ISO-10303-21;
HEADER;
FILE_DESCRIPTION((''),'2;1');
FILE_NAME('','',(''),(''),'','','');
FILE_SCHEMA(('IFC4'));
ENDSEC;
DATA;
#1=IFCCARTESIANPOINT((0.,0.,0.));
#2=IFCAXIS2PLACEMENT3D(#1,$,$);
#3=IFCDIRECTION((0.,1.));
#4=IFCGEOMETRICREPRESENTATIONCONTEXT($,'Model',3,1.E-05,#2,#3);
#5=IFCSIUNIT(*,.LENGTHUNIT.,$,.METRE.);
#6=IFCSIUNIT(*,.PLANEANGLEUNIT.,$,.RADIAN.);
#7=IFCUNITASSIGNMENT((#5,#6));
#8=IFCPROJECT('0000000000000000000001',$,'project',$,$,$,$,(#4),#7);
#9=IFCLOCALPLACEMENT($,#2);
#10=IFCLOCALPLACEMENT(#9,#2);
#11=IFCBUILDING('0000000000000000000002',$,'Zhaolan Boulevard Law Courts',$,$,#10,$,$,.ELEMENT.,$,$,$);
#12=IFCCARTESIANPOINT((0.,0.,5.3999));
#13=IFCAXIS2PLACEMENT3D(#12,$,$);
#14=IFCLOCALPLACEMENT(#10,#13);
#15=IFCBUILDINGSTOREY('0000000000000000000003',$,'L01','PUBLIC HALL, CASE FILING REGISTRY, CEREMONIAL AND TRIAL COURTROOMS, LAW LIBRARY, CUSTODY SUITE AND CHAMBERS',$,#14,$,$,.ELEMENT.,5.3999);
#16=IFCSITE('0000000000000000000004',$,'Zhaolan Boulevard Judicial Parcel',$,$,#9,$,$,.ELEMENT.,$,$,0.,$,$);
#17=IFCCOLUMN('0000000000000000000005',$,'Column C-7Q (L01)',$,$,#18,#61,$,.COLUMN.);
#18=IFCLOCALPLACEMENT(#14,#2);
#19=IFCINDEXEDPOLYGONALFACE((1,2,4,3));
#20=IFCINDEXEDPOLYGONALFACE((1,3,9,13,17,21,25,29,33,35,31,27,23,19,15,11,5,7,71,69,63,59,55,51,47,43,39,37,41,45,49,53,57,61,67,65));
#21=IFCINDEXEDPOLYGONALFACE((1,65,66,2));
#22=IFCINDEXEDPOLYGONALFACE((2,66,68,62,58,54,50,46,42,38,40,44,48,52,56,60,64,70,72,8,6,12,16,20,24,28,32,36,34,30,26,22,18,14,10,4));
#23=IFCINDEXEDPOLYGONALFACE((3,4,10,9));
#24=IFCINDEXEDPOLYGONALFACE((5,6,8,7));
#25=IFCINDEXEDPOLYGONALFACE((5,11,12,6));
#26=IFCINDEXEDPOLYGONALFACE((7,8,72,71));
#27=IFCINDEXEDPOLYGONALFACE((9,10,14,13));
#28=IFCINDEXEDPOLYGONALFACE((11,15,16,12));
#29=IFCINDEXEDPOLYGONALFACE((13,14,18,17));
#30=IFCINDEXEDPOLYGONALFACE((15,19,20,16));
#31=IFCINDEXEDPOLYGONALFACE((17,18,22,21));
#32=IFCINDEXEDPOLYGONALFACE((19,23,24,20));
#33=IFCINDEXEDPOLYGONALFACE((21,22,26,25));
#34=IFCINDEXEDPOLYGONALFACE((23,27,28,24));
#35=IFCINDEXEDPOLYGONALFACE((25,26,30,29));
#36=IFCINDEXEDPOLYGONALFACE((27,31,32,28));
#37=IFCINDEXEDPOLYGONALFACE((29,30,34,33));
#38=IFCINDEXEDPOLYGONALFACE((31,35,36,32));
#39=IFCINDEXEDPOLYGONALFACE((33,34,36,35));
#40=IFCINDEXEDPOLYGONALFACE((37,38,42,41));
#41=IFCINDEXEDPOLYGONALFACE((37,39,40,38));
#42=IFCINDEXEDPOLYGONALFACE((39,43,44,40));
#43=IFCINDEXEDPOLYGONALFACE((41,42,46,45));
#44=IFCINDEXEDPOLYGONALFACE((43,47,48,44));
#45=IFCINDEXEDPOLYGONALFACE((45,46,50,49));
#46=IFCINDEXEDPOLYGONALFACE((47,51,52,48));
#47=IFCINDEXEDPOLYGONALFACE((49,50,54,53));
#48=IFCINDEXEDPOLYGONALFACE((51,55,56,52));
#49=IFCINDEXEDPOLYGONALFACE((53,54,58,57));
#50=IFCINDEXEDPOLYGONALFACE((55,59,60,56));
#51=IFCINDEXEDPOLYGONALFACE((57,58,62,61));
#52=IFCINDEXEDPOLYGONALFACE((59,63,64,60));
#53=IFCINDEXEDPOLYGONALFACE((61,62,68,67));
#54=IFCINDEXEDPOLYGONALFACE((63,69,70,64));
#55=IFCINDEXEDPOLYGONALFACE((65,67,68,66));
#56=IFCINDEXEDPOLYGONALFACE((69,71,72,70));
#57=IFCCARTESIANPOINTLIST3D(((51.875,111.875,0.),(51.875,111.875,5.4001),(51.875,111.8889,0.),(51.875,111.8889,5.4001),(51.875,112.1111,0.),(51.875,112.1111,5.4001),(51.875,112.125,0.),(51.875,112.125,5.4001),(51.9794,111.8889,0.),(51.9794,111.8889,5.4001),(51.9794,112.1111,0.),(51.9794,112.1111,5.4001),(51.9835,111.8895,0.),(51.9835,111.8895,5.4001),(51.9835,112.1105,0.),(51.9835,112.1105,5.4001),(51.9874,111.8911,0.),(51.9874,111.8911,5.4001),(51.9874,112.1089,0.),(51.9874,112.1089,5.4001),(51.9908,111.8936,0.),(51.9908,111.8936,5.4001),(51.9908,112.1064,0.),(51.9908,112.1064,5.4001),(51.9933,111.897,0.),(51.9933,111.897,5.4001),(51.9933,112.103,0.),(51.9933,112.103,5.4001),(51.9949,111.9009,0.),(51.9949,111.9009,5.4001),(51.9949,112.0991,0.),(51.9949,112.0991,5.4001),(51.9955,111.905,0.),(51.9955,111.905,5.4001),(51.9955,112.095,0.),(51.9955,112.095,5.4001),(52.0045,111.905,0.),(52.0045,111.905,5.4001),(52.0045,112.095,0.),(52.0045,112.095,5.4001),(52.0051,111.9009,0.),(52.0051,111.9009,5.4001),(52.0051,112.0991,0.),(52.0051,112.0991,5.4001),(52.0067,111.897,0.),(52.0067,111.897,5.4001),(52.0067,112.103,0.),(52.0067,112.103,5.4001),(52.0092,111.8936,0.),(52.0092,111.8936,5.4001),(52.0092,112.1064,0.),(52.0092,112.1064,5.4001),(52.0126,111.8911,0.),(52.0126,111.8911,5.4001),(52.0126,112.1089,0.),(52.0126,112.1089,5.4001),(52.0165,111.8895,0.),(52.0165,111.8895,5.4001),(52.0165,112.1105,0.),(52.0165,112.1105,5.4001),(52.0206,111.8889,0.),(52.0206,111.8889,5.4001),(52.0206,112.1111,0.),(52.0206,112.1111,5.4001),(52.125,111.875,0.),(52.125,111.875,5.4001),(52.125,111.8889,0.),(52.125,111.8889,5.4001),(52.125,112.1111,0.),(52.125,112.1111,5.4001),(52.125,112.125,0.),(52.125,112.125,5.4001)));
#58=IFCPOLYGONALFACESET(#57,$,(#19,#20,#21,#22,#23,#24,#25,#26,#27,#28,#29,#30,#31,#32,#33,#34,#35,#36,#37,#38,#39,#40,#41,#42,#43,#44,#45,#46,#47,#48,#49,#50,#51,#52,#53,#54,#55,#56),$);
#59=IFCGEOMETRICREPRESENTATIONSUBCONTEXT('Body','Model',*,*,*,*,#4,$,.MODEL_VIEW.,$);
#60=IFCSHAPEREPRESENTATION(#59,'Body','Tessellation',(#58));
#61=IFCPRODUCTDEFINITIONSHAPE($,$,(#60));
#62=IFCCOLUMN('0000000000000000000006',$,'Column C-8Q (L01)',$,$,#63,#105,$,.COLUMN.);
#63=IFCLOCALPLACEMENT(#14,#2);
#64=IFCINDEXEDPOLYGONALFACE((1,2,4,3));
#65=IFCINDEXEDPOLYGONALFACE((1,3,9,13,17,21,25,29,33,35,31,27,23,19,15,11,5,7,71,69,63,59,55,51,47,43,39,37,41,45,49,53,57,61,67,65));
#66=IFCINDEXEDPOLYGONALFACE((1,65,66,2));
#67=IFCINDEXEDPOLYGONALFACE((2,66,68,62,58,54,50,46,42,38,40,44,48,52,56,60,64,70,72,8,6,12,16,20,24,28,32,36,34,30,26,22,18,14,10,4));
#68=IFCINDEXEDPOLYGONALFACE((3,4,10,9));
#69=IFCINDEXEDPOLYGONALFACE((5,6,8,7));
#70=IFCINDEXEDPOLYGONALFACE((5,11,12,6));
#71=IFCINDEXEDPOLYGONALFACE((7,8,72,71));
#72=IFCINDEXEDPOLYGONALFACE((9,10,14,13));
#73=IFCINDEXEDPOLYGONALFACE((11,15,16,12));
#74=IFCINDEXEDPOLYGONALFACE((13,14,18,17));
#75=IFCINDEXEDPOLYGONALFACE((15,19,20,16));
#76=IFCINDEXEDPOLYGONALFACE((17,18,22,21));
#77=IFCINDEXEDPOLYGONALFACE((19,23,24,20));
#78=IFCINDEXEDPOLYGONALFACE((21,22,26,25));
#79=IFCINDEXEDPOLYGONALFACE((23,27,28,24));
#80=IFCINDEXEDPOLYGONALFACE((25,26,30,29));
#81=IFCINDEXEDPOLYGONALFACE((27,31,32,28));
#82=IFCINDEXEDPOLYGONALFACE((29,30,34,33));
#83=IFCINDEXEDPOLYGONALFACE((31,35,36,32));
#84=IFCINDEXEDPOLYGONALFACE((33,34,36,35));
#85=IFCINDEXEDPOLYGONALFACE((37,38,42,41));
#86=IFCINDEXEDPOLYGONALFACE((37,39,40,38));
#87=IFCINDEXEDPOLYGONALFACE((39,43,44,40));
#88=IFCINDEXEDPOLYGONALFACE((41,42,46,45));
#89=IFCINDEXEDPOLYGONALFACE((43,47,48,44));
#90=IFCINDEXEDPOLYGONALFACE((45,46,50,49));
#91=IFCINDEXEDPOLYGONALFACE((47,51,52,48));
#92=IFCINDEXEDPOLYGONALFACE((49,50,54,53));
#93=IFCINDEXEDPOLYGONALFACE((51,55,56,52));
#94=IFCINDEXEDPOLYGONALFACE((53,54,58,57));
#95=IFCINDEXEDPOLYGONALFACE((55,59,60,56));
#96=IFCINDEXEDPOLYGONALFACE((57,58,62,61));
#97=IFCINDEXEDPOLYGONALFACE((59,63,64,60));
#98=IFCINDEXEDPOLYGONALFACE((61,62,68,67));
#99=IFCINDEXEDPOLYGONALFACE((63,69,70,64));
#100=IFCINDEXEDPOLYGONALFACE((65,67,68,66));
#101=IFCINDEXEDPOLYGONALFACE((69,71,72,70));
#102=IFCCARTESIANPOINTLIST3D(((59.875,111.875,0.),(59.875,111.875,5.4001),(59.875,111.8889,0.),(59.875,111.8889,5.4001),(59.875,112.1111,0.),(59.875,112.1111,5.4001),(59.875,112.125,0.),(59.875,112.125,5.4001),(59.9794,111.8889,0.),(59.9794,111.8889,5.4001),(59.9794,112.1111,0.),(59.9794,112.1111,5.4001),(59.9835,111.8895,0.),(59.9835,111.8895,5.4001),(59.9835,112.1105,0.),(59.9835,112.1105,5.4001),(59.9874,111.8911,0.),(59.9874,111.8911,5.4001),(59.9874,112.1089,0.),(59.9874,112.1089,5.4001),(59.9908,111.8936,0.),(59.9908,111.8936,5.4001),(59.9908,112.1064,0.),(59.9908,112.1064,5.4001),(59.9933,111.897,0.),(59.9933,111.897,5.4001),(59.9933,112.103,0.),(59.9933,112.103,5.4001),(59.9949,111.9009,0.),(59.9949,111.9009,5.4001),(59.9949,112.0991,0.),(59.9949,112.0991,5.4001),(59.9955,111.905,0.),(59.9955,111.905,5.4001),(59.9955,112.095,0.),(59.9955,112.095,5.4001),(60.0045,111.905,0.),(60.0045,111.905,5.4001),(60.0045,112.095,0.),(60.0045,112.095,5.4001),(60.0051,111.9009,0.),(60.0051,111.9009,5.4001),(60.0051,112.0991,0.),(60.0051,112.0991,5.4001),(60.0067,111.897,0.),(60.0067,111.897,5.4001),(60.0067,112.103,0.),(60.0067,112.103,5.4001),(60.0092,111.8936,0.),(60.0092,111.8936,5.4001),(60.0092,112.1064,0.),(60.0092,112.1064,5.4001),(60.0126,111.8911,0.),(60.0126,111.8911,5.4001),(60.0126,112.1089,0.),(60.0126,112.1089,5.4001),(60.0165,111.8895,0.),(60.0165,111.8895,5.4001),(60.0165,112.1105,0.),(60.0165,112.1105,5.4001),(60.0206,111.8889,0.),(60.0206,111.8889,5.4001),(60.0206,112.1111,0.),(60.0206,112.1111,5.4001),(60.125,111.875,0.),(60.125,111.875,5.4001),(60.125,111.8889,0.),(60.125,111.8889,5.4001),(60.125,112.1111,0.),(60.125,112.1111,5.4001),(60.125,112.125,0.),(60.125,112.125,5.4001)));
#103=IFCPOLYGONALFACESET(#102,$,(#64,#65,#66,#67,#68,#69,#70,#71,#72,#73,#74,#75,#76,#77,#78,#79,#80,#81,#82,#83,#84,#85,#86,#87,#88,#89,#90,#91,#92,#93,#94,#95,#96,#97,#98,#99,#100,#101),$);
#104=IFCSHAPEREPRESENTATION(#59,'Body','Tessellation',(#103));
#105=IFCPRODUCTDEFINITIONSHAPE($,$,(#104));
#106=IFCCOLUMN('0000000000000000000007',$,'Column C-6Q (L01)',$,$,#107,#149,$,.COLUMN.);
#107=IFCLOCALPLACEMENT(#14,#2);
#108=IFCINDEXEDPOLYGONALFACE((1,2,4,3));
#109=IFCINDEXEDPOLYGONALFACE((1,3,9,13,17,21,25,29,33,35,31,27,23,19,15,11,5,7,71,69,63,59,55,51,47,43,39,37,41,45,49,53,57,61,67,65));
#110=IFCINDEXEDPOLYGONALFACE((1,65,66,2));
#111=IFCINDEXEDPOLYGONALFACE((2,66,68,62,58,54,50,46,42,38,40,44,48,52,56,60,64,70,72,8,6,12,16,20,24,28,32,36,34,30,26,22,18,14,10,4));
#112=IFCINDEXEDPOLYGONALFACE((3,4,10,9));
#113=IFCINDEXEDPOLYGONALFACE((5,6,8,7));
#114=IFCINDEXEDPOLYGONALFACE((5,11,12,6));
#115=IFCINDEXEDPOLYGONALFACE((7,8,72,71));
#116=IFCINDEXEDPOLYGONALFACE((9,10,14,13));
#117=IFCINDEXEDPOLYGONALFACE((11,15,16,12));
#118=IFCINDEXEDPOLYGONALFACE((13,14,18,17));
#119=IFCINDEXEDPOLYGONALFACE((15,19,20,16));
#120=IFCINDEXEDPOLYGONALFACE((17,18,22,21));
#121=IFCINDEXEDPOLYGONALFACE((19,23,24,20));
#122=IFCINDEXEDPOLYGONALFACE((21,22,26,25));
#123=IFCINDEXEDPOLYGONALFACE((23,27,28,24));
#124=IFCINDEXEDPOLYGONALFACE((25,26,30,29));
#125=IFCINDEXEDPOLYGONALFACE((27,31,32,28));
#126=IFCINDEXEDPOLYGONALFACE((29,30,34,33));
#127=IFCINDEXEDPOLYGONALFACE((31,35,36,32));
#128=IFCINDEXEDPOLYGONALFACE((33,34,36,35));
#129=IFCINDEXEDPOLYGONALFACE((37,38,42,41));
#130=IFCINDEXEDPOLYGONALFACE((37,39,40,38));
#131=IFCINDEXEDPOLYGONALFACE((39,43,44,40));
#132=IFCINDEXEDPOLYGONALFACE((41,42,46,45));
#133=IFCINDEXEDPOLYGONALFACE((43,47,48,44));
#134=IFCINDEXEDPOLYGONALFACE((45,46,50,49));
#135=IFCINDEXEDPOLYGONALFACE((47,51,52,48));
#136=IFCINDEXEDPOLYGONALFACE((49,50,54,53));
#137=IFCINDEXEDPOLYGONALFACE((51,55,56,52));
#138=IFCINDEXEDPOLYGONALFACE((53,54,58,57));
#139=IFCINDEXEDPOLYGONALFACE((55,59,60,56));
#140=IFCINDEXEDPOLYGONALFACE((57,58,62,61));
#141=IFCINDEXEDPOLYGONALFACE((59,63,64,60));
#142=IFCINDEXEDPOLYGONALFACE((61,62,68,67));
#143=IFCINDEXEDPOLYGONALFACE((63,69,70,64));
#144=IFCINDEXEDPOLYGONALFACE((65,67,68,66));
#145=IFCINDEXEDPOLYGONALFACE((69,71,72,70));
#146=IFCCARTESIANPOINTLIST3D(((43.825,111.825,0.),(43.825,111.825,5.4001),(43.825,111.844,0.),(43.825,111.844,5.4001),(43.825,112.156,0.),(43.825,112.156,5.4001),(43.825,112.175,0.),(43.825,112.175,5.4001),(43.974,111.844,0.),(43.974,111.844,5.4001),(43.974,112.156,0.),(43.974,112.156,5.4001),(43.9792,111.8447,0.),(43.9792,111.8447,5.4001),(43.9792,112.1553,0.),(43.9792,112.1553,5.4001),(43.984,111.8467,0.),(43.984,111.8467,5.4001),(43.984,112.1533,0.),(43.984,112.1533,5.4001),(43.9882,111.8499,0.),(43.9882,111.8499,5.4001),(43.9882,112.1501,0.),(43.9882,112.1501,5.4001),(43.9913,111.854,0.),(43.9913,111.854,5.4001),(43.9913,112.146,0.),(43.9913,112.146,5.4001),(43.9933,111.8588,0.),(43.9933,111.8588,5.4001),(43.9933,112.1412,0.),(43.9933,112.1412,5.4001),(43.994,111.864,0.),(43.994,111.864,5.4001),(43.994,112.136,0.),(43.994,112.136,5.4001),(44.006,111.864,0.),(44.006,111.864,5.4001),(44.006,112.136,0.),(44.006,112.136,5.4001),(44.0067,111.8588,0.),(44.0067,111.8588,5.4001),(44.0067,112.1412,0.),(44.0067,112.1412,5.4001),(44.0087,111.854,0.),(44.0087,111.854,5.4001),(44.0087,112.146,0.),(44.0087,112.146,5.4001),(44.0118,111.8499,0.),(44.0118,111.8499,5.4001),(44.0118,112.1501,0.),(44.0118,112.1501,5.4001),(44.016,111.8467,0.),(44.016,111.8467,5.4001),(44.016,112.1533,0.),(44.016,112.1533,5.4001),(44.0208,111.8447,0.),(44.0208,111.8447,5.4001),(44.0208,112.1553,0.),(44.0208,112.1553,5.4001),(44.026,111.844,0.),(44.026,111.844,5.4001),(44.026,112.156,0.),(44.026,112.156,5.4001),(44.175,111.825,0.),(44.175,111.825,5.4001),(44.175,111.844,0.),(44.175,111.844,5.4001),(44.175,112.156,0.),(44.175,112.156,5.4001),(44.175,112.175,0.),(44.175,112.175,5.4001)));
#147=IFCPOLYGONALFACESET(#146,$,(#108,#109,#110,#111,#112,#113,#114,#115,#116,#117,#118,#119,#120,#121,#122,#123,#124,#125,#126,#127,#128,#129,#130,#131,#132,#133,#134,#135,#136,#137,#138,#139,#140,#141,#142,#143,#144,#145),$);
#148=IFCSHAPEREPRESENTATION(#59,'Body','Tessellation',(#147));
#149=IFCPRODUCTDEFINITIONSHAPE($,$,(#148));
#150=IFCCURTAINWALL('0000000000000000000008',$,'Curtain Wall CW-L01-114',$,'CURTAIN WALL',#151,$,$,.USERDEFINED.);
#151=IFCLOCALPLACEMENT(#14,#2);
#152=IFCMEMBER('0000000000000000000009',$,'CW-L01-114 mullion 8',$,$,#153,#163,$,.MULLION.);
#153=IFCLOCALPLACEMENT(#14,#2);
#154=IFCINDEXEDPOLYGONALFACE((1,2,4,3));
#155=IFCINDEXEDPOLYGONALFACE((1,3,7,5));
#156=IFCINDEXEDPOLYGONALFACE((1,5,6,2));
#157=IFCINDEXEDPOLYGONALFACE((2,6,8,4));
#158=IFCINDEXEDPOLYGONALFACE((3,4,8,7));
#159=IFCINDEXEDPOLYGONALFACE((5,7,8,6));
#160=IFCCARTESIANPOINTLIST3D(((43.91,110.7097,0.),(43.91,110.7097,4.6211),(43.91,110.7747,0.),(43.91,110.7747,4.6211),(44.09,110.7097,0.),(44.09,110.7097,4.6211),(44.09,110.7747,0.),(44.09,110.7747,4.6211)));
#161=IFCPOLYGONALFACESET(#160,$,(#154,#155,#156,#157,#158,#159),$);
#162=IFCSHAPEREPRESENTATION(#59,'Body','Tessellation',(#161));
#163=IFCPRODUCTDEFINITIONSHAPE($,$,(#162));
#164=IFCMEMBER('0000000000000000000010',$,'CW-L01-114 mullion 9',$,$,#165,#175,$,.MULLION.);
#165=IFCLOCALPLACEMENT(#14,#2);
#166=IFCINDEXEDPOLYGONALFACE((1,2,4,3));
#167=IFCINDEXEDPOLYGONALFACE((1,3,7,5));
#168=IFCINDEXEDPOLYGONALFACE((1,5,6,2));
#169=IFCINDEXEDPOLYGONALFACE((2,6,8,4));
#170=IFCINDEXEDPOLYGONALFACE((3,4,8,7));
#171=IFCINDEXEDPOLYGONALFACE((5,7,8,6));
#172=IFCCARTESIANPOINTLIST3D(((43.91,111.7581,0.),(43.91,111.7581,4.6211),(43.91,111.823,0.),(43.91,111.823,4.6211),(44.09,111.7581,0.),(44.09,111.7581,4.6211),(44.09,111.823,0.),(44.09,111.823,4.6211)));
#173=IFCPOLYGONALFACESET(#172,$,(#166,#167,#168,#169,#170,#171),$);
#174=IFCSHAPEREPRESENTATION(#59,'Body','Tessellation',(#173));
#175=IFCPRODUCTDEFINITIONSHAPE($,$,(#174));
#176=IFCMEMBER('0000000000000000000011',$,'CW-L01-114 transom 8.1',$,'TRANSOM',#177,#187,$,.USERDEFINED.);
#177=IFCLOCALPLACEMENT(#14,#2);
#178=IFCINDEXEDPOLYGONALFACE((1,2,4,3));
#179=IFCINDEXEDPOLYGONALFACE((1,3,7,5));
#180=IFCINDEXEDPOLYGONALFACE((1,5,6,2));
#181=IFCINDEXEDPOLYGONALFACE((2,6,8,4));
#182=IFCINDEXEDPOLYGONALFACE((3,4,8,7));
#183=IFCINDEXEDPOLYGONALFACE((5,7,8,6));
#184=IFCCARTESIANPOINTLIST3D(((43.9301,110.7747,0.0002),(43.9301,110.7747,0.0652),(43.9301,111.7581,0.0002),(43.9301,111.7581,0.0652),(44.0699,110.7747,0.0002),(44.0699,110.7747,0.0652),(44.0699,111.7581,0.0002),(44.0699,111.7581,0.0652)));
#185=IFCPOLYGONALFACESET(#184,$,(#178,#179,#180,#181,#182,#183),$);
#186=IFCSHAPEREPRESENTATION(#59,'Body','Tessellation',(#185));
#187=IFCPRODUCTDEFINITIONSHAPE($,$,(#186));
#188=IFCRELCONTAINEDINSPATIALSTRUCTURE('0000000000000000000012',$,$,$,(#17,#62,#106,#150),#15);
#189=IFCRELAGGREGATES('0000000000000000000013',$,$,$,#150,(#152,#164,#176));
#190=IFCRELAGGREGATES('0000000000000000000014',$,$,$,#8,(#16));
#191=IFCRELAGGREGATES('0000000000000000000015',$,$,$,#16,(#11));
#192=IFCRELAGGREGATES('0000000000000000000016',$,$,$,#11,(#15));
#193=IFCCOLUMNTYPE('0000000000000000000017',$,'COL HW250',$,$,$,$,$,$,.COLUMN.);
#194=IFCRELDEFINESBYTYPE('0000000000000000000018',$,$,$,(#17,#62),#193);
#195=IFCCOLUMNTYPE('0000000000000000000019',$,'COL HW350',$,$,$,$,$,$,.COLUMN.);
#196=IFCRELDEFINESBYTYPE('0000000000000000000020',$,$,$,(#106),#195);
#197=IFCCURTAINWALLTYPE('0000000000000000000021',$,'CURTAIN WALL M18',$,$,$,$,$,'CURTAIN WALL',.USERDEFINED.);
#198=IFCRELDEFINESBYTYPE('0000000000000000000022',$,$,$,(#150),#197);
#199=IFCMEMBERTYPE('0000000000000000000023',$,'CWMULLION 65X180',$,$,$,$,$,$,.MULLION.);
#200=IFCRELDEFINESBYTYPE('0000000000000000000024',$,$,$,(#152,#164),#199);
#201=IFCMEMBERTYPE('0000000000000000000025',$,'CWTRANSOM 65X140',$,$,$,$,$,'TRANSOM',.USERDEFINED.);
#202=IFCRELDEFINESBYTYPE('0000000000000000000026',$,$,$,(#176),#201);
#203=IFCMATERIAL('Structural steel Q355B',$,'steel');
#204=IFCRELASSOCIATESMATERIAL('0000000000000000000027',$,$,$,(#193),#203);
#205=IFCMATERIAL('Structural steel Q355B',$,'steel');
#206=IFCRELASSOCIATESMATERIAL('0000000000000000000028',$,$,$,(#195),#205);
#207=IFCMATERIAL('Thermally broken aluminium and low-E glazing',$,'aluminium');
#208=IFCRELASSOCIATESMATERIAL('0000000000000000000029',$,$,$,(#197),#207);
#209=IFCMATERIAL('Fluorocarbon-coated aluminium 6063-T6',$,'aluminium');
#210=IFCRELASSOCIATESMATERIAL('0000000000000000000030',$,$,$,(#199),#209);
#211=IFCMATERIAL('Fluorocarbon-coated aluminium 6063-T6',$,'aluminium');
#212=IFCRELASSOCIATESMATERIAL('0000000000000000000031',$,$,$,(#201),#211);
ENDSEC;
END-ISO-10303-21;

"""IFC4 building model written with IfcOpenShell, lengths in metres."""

from ifc_helpers import new_model, si_unit, direction, frame, origin, origin_2d, place, context, subcontext, project, spatial, rectangle, i_section, extrude, material, material_profile, profile_set, type_object, element, aggregate, save


model = new_model("IFC4")

# Units and contexts
model_context = context("Model", 3, precision=1e-05, world=origin(), true_north=direction((0.0, 1.0)))
body_context = subcontext(model_context, "Body", "Model", "MODEL_VIEW")
ifc_project = project(units=[si_unit("LENGTHUNIT", "METRE"), si_unit("PLANEANGLEUNIT", "RADIAN")], contexts=[model_context])

# Site, building, storey
site_placement = place(None, origin())
site = spatial("IfcSite", under=ifc_project, at=site_placement, Name="Zhaolan Boulevard Judicial Parcel", CompositionType="ELEMENT", RefElevation=0.0)
building_placement = place(site_placement, origin())
building = spatial("IfcBuilding", under=site, at=building_placement, Name="Zhaolan Boulevard Law Courts", CompositionType="ELEMENT")
storey_placement = place(building_placement, frame((0.0, 0.0, 5.3999)))
storey = spatial("IfcBuildingStorey", under=building, at=storey_placement, Name="L01", Description="PUBLIC HALL, CASE FILING REGISTRY, CEREMONIAL AND TRIAL COURTROOMS, LAW LIBRARY, CUSTODY SUITE AND CHAMBERS", CompositionType="ELEMENT", Elevation=5.3999)

# Columns
ifc_material_1 = material(Name="Structural steel Q355B", Category="steel")
ifc_material_profile_1 = material_profile(ifc_material_1, i_section(OverallWidth=0.25, OverallDepth=0.25, WebThickness=0.009, FlangeThickness=0.0139, FilletRadius=0.0161, at=origin_2d()), Name="HW250x250")
ifc_profile_set_1 = profile_set([ifc_material_profile_1], Name="Structural steel Q355B")
column_type_1 = type_object("IfcColumnType", Name="COL HW250", PredefinedType="COLUMN", material=ifc_profile_set_1)
for number, where, z_axis, x_axis, name in (
    (1, (52.0, 112.0, 0.0), (0.0, 0.0, 1.0), (1.0, 0.0, 0.0), "Column C-7Q (L01)"),
    (2, (60.0, 112.0, 0.0), (0.0, 0.0, 1.0), (1.0, 0.0, 0.0), "Column C-8Q (L01)"),
):
    element("IfcColumn", number, at=place(storey_placement, frame(where, z_axis=z_axis, x_axis=x_axis)), inside=storey, type_object=column_type_1, Name=name, PredefinedType="COLUMN", context=body_context, shape_type="SweptSolid", body=[
        extrude(i_section(OverallWidth=0.25, OverallDepth=0.25, WebThickness=0.009, FlangeThickness=0.0139, FilletRadius=0.0161, at=origin_2d()), origin(), (0.0, 0.0, 1.0), 5.4001),
    ])
ifc_material_2 = material(Name="Structural steel Q355B", Category="steel")
ifc_material_profile_2 = material_profile(ifc_material_2, i_section(OverallWidth=0.3501, OverallDepth=0.3501, WebThickness=0.012, FlangeThickness=0.019, FilletRadius=0.02, at=origin_2d()), Name="HW350x350")
ifc_profile_set_2 = profile_set([ifc_material_profile_2], Name="Structural steel Q355B")
column_type_2 = type_object("IfcColumnType", Name="COL HW350", PredefinedType="COLUMN", material=ifc_profile_set_2)
column_placement = place(storey_placement, frame((44.0, 112.0, 0.0), z_axis=(0.0, 0.0, 1.0), x_axis=(1.0, 0.0, 0.0)))
element("IfcColumn", 3, at=column_placement, inside=storey, type_object=column_type_2, Name="Column C-6Q (L01)", PredefinedType="COLUMN", context=body_context, shape_type="SweptSolid", body=[
    extrude(i_section(OverallWidth=0.3501, OverallDepth=0.3501, WebThickness=0.012, FlangeThickness=0.019, FilletRadius=0.02, at=origin_2d()), origin(), (0.0, 0.0, 1.0), 5.4001),
])

# Curtain wall, members
ifc_material_3 = material(Name="Thermally broken aluminium and low-E glazing", Category="aluminium")
curtain_wall_type = type_object("IfcCurtainWallType", Name="CURTAIN WALL M18", ElementType="CURTAIN WALL", PredefinedType="USERDEFINED", material=ifc_material_3)
curtain_wall_placement = place(storey_placement, origin())
curtain_wall = element("IfcCurtainWall", 4, at=curtain_wall_placement, inside=storey, type_object=curtain_wall_type, Name="Curtain Wall CW-L01-114", ObjectType="CURTAIN WALL", PredefinedType="USERDEFINED")
ifc_material_4 = material(Name="Fluorocarbon-coated aluminium 6063-T6", Category="aluminium")
ifc_material_profile_3 = material_profile(ifc_material_4, rectangle(XDim=0.1799, YDim=0.0649, at=origin_2d()), Name="AL65x180")
ifc_profile_set_3 = profile_set([ifc_material_profile_3], Name="Fluorocarbon-coated aluminium 6063-T6")
member_type_1 = type_object("IfcMemberType", Name="CWMULLION 65X180", PredefinedType="MULLION", material=ifc_profile_set_3)
member_1_placement = place(storey_placement, frame((44.0, 110.7422, 0.0), z_axis=(0.0, 0.0, 1.0), x_axis=(-1.0, 0.0, 0.0)))
member_1 = element("IfcMember", 5, at=member_1_placement, type_object=member_type_1, Name="CW-L01-114 mullion 8", PredefinedType="MULLION", context=body_context, shape_type="SweptSolid", body=[
    extrude(rectangle(XDim=0.1799, YDim=0.0649, at=origin_2d()), origin(), (0.0, 0.0, 1.0), 4.6211),
])
member_2_placement = place(storey_placement, frame((44.0, 111.7905, 0.0), z_axis=(0.0, 0.0, 1.0), x_axis=(-1.0, 0.0, 0.0)))
member_2 = element("IfcMember", 6, at=member_2_placement, type_object=member_type_1, Name="CW-L01-114 mullion 9", PredefinedType="MULLION", context=body_context, shape_type="SweptSolid", body=[
    extrude(rectangle(XDim=0.1799, YDim=0.0649, at=origin_2d()), origin(), (0.0, 0.0, 1.0), 4.6211),
])
ifc_material_5 = material(Name="Fluorocarbon-coated aluminium 6063-T6", Category="aluminium")
ifc_material_profile_4 = material_profile(ifc_material_5, rectangle(XDim=0.1399, YDim=0.0649, at=origin_2d()), Name="AL65x140")
ifc_profile_set_4 = profile_set([ifc_material_profile_4], Name="Fluorocarbon-coated aluminium 6063-T6")
member_type_2 = type_object("IfcMemberType", Name="CWTRANSOM 65X140", ElementType="TRANSOM", PredefinedType="USERDEFINED", material=ifc_profile_set_4)
member_3_placement = place(storey_placement, frame((44.0, 110.7747, 0.0327), z_axis=(0.0, 1.0, 0.0), x_axis=(-1.0, 0.0, 0.0)))
member_3 = element("IfcMember", 7, at=member_3_placement, type_object=member_type_2, Name="CW-L01-114 transom 8.1", ObjectType="TRANSOM", PredefinedType="USERDEFINED", context=body_context, shape_type="SweptSolid", body=[
    extrude(rectangle(XDim=0.1399, YDim=0.0649, at=origin_2d()), origin(), (0.0, 0.0, 1.0), 0.9834),
])

aggregate(curtain_wall, [member_1, member_2, member_3])

save(model, "model.ifc")
